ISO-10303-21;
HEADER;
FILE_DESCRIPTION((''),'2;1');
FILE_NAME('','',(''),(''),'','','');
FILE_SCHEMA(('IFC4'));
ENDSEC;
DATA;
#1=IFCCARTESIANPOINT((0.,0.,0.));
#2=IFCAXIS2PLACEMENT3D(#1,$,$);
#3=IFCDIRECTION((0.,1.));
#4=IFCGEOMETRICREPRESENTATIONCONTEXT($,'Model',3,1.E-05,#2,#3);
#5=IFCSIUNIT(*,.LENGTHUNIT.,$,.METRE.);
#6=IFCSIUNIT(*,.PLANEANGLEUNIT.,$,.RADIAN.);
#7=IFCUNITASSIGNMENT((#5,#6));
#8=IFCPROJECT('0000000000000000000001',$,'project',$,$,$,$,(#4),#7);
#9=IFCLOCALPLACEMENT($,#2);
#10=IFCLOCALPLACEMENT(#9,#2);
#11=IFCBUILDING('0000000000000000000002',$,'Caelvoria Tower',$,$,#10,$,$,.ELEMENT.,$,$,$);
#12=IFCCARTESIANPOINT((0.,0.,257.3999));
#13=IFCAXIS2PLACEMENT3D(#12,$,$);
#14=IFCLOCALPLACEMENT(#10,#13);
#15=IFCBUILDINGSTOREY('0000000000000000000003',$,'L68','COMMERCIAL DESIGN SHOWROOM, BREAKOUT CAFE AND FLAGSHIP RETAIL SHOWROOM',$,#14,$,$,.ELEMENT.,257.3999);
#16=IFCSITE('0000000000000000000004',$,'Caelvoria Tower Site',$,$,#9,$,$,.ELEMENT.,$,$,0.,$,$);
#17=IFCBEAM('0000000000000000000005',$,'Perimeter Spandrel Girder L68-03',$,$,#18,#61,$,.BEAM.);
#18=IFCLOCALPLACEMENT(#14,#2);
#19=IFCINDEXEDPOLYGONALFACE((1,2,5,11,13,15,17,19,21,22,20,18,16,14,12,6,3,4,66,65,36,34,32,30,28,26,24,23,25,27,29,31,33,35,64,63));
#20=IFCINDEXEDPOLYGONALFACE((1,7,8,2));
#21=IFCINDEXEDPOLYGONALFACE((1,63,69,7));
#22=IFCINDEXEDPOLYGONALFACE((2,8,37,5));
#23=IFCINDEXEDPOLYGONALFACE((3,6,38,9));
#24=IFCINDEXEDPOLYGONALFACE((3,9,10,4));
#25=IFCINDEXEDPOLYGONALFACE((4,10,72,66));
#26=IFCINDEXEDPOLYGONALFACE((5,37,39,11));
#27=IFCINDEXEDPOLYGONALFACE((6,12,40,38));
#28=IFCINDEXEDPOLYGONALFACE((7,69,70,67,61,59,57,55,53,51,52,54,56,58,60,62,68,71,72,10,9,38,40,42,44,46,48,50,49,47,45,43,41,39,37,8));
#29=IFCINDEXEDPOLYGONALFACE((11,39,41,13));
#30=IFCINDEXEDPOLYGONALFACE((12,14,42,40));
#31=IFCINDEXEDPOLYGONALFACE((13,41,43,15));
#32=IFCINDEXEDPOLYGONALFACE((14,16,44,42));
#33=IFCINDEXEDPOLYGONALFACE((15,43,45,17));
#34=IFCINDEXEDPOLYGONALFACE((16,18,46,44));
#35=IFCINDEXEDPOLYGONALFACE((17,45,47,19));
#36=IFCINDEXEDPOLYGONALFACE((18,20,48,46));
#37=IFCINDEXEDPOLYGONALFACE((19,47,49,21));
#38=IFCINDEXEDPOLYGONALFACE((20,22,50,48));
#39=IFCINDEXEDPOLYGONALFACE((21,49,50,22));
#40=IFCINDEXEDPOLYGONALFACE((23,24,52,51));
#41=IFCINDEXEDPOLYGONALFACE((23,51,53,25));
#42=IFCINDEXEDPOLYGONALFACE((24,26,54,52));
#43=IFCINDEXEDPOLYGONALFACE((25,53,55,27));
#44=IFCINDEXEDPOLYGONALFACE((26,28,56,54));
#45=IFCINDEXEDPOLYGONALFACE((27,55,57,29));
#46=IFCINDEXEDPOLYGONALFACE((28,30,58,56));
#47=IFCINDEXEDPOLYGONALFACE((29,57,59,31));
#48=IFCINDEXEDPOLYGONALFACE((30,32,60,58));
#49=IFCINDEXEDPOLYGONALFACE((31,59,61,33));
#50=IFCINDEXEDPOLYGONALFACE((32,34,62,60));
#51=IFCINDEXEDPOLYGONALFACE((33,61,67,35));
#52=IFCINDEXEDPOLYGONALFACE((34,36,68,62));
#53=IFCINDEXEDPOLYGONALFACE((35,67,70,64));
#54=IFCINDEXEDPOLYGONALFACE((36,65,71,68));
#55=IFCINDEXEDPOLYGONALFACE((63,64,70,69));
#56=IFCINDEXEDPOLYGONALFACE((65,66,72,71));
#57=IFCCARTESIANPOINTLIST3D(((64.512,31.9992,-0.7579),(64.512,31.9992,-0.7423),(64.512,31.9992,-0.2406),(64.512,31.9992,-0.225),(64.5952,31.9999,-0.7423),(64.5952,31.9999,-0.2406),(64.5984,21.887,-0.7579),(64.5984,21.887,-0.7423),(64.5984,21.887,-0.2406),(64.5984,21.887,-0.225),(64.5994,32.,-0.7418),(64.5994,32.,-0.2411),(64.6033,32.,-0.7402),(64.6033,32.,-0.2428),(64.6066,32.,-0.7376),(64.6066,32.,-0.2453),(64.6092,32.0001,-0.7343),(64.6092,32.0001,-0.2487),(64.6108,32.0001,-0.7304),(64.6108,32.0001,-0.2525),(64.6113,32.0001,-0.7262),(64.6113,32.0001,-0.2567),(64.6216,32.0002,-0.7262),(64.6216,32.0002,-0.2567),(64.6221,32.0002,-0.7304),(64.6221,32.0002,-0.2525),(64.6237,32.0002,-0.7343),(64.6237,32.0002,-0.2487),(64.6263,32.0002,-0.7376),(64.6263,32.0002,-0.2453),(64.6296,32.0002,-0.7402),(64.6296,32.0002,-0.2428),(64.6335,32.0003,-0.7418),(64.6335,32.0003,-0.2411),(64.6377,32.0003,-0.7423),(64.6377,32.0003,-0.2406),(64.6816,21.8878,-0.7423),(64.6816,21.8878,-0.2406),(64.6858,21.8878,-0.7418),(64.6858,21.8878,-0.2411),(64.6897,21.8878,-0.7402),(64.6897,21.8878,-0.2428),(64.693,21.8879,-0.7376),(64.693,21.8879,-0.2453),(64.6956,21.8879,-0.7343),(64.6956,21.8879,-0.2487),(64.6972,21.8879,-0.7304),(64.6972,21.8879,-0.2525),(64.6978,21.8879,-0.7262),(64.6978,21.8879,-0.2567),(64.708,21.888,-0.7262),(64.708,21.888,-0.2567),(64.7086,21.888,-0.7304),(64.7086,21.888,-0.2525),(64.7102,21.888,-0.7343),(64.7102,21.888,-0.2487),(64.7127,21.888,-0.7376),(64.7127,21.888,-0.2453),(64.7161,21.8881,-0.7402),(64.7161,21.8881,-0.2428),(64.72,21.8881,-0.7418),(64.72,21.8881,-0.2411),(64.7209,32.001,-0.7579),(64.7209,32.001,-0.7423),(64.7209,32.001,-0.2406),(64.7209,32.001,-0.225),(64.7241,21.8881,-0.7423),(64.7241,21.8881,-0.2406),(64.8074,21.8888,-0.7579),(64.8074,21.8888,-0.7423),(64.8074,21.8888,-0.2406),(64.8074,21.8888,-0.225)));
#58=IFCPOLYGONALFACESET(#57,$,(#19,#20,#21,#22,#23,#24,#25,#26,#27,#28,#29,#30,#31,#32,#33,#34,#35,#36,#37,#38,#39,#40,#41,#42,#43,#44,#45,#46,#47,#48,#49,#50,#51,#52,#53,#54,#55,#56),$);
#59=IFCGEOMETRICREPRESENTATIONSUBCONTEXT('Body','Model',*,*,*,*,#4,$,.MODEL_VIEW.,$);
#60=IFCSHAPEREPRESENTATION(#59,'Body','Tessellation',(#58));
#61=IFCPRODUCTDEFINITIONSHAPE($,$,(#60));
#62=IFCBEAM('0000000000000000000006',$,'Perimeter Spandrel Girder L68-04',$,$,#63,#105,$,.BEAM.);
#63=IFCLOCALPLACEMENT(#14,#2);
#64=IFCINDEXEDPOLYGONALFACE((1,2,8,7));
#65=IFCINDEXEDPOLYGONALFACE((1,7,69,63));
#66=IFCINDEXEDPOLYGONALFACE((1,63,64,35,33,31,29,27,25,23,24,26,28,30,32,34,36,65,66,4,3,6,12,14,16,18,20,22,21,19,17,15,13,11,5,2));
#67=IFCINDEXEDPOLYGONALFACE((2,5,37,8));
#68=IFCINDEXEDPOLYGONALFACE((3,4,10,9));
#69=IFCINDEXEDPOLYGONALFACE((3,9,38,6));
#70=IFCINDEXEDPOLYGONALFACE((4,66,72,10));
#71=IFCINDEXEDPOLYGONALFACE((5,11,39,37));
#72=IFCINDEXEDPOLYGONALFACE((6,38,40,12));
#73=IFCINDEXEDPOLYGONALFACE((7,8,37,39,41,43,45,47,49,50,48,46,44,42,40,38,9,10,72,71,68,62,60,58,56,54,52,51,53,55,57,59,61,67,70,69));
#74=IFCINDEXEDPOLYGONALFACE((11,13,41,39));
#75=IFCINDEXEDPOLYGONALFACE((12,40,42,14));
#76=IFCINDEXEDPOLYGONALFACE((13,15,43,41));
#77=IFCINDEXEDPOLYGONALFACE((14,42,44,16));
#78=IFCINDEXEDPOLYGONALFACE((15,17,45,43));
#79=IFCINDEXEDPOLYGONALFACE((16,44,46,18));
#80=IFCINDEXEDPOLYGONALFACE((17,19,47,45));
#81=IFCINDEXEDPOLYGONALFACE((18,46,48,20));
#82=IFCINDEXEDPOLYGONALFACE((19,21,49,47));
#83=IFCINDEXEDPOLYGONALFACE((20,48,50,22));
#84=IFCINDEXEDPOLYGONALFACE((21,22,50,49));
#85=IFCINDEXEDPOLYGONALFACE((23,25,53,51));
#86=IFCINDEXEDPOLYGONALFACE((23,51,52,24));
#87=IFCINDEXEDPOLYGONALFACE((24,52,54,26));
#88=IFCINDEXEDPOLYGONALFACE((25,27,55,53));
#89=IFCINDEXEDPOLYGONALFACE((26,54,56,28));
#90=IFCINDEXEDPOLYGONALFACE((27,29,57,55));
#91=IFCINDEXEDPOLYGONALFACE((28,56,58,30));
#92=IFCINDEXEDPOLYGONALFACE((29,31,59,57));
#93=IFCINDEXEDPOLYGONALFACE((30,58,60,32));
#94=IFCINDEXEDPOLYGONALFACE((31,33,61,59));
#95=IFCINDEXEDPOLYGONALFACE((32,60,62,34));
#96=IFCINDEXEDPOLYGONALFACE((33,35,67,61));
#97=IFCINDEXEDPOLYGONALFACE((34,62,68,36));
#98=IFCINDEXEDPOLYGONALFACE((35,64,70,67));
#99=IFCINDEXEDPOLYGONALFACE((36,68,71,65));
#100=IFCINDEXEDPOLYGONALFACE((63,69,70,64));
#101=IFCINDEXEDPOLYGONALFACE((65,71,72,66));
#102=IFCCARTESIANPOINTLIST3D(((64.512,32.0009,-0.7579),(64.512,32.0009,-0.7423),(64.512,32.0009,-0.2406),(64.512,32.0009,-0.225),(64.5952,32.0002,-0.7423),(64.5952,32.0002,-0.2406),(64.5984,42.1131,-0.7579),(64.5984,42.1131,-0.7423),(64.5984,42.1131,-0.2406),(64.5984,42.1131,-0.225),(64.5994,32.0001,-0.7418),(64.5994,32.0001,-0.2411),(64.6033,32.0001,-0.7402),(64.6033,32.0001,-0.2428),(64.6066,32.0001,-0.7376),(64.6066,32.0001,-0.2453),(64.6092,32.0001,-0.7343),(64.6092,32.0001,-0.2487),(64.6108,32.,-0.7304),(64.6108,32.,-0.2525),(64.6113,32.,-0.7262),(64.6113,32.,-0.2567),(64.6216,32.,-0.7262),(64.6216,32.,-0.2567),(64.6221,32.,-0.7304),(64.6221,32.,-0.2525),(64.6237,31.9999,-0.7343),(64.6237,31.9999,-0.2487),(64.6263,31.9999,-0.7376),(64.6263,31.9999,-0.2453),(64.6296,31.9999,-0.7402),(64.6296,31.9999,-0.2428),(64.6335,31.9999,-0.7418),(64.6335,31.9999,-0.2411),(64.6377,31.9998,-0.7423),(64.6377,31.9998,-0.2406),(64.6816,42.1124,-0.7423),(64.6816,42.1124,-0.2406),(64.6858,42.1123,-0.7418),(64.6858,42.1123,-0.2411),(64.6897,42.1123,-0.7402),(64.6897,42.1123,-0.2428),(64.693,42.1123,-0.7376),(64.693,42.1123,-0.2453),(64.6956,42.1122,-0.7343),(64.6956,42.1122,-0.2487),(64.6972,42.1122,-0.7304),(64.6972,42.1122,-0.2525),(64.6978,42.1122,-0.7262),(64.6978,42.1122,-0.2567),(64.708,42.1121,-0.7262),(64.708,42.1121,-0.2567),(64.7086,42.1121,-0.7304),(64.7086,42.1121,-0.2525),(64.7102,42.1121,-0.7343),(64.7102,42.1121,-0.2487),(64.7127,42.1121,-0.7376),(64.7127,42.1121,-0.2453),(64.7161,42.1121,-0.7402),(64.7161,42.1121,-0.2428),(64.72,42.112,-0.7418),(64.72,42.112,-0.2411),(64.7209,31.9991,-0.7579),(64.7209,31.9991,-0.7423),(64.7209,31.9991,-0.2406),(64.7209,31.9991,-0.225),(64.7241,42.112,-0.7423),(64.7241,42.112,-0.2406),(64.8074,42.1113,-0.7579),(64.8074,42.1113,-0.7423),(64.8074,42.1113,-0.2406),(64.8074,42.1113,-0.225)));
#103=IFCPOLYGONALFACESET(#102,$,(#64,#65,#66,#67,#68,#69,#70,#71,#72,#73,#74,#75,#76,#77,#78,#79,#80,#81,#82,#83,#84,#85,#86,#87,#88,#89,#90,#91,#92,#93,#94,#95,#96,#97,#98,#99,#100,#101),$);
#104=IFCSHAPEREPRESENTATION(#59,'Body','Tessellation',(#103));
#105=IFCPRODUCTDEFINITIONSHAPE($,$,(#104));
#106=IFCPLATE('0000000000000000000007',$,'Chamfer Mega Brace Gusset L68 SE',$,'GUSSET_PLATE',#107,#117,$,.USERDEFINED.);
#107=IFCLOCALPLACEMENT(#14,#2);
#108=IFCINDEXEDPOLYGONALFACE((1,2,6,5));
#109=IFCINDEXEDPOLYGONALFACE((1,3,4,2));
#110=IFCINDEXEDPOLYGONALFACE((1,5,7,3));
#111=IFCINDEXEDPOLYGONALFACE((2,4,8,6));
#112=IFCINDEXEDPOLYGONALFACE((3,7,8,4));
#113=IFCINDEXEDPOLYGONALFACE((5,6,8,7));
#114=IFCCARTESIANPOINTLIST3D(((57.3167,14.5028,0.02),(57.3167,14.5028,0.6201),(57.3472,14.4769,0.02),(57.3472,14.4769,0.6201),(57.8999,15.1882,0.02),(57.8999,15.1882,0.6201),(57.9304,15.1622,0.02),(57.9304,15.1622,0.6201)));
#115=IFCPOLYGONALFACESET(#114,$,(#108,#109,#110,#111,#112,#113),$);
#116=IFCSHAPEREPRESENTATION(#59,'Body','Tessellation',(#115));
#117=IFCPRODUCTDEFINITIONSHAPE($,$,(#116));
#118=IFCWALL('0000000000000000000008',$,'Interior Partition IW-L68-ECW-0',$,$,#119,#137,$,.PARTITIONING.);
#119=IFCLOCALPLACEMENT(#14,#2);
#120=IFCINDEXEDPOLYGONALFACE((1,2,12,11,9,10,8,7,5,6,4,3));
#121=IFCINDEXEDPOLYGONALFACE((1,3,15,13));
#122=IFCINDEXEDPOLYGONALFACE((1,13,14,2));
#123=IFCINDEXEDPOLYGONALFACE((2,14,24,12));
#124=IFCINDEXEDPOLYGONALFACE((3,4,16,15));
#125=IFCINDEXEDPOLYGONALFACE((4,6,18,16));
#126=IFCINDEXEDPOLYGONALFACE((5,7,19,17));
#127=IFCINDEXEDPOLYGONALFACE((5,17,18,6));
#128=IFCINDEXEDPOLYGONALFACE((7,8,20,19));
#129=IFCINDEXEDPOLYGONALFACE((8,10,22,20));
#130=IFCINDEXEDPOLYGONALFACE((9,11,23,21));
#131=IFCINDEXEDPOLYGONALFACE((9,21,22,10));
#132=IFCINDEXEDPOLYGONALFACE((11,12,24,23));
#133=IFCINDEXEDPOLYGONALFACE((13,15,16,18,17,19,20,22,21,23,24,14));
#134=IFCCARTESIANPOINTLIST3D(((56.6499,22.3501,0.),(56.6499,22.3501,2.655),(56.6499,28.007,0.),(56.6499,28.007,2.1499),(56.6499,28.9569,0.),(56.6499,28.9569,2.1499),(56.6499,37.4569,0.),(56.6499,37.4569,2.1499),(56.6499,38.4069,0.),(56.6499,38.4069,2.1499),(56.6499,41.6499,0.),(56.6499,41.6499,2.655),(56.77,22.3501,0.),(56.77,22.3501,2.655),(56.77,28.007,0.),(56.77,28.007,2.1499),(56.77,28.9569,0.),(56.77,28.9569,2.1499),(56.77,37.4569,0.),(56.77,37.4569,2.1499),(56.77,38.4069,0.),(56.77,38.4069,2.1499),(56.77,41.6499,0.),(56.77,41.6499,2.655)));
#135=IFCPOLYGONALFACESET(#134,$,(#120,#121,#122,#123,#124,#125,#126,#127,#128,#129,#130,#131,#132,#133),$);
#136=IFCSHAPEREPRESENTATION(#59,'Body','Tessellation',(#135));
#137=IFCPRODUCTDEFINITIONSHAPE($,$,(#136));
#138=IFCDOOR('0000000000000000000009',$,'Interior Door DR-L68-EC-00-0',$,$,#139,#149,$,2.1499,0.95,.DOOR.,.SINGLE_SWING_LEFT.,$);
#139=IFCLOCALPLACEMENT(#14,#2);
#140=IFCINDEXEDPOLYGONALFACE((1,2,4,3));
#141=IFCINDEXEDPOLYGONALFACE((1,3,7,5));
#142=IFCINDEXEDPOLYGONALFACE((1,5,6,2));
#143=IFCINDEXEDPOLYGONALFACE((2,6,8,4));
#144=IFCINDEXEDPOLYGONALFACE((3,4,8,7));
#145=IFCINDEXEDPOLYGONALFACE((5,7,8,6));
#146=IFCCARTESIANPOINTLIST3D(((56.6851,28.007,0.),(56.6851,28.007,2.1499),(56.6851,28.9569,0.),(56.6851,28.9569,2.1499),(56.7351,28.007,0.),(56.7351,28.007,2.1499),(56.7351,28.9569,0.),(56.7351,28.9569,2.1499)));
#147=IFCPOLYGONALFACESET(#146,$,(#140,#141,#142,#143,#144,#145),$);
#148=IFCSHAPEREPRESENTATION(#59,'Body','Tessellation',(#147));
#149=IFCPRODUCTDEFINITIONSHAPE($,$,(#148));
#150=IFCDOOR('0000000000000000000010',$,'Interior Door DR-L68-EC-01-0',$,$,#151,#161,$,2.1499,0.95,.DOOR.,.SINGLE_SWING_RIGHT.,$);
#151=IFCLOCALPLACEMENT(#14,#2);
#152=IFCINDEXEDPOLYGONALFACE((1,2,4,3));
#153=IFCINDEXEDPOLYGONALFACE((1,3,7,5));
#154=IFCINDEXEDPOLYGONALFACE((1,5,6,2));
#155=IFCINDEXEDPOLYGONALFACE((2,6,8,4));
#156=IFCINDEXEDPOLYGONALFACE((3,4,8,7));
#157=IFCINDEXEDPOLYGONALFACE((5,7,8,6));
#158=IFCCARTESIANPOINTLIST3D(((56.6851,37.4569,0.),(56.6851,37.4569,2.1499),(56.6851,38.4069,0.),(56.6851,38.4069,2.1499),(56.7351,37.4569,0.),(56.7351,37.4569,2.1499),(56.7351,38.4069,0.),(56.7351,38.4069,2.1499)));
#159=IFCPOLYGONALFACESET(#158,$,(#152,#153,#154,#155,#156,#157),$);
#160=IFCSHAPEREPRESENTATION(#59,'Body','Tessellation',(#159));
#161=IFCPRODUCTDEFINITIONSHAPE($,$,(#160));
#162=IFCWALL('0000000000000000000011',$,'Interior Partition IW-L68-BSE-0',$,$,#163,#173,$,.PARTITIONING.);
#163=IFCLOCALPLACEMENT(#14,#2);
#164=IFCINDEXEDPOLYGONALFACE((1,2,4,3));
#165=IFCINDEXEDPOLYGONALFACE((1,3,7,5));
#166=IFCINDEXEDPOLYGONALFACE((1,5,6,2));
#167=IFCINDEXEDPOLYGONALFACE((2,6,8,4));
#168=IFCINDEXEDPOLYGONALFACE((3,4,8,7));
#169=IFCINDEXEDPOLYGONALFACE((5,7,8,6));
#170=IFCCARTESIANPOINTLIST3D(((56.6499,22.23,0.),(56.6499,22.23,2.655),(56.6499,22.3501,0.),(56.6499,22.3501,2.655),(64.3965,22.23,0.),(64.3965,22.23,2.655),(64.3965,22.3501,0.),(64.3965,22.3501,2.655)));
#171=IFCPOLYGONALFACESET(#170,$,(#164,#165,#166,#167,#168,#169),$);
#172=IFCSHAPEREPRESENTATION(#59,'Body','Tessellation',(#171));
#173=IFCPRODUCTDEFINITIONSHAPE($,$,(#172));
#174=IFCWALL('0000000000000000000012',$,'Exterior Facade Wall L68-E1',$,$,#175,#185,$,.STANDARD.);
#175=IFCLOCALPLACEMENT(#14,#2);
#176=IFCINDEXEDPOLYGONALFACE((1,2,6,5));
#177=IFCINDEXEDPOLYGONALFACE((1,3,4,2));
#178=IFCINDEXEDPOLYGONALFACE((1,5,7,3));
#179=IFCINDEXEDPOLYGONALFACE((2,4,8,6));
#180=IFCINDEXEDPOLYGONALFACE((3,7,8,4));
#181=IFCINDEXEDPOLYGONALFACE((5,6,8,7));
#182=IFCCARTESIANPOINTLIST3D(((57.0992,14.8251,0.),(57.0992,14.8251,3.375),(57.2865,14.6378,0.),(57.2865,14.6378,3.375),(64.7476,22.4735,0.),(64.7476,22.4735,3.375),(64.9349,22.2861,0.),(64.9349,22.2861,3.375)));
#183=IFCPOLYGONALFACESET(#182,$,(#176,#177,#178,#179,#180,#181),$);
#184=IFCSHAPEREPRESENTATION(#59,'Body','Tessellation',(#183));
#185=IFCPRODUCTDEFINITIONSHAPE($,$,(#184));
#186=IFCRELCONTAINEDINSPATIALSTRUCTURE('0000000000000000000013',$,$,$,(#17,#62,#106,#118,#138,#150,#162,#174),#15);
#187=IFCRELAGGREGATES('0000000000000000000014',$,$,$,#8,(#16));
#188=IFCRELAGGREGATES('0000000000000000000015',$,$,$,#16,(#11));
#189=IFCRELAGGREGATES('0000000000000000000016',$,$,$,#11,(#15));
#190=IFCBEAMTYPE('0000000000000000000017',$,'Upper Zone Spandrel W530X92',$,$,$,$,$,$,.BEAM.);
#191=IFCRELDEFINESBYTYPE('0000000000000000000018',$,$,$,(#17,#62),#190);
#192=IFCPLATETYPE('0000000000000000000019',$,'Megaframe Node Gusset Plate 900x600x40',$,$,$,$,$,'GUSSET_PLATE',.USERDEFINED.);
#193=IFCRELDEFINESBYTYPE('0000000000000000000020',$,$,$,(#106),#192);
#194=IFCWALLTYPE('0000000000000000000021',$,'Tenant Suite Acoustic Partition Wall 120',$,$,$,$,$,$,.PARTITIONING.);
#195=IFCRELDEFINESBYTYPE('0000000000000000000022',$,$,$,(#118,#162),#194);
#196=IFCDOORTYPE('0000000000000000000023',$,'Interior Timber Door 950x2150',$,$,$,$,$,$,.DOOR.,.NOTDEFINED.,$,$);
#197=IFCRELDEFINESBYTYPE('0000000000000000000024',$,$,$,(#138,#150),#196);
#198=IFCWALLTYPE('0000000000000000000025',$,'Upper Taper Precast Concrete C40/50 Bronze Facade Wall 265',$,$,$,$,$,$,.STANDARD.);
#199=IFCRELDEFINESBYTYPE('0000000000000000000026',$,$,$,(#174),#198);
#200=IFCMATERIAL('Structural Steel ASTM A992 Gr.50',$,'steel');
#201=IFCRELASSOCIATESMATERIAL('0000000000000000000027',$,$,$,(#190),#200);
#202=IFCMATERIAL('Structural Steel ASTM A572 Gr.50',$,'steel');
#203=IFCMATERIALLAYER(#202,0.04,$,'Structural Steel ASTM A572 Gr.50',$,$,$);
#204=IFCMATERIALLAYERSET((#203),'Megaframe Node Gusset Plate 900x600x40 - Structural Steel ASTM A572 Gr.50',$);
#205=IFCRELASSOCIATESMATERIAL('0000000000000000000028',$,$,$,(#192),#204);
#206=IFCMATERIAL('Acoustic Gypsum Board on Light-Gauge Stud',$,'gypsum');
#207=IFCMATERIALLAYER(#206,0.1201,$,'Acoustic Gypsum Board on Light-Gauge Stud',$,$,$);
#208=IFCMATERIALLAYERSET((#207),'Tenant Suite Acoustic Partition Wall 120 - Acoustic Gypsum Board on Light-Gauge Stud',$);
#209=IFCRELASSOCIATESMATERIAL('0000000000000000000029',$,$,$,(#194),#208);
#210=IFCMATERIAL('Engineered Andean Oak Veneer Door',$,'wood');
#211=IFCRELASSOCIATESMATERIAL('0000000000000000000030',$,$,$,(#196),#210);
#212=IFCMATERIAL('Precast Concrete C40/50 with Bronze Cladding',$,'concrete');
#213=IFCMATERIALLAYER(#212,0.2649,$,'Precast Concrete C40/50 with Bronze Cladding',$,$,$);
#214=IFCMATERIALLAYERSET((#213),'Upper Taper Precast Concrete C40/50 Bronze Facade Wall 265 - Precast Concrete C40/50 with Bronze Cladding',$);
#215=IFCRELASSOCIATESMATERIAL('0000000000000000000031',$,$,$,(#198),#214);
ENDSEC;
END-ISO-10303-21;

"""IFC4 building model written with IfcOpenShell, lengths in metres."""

from ifc_helpers import new_model, si_unit, direction, frame, frame_2d, origin, origin_2d, place, context, subcontext, project, spatial, rectangle, i_section, extrude, material, layer, layer_set, material_profile, profile_set, type_object, element, fill, save


model = new_model("IFC4")

# Units and contexts
model_context = context("Model", 3, precision=1e-05, world=origin(), true_north=direction((0.0, 1.0)))
body_context = subcontext(model_context, "Body", "Model", "MODEL_VIEW")
ifc_project = project(units=[si_unit("LENGTHUNIT", "METRE"), si_unit("PLANEANGLEUNIT", "RADIAN")], contexts=[model_context])

# Site, building, storey
site_placement = place(None, origin())
site = spatial("IfcSite", under=ifc_project, at=site_placement, Name="Caelvoria Tower Site", CompositionType="ELEMENT", RefElevation=0.0)
building_placement = place(site_placement, origin())
building = spatial("IfcBuilding", under=site, at=building_placement, Name="Caelvoria Tower", CompositionType="ELEMENT")
storey_placement = place(building_placement, frame((0.0, 0.0, 257.3999)))
storey = spatial("IfcBuildingStorey", under=building, at=storey_placement, Name="L68", Description="COMMERCIAL DESIGN SHOWROOM, BREAKOUT CAFE AND FLAGSHIP RETAIL SHOWROOM", CompositionType="ELEMENT", Elevation=257.3999)

# Shared definitions
ifc_material_1 = material(Name="Structural Steel ASTM A572 Gr.50", Category="steel")
ifc_material_2 = material(Name="Structural Steel ASTM A992 Gr.50", Category="steel")

# Beams
ifc_material_profile_1 = material_profile(ifc_material_2, i_section(OverallWidth=0.209, OverallDepth=0.533, WebThickness=0.0103, FlangeThickness=0.0156, FilletRadius=0.0161, at=origin_2d()), Name="Structural Steel ASTM A992 Gr.50")
ifc_profile_set_1 = profile_set([ifc_material_profile_1], Name="W530X92 - Structural Steel ASTM A992 Gr.50")
beam_type_1 = type_object("IfcBeamType", Name="Upper Zone Spandrel W530X92", PredefinedType="BEAM", material=ifc_profile_set_1)
for number, where, z_axis, x_axis, name in (
    (1, (64.7029, 21.8879, -0.4915), (-0.008546, 0.999963, 0.0), (-0.999963, -0.008546, 0.0), "Perimeter Spandrel Girder L68-03"),
    (2, (64.6165, 32.0, -0.4915), (0.008546, 0.999963, 0.0), (-0.999963, 0.008546, 0.0), "Perimeter Spandrel Girder L68-04"),
):
    element("IfcBeam", number, at=place(storey_placement, frame(where, z_axis=z_axis, x_axis=x_axis)), inside=storey, type_object=beam_type_1, Name=name, PredefinedType="BEAM", context=body_context, shape_type="SweptSolid", body=[
        extrude(i_section(OverallWidth=0.209, OverallDepth=0.533, WebThickness=0.0103, FlangeThickness=0.0156, FilletRadius=0.0161, at=origin_2d()), origin(), (0.0, 0.0, 1.0), 10.1125),
    ])

# Plate
ifc_layer_1 = layer(ifc_material_1, 0.04, Name="Structural Steel ASTM A572 Gr.50")
ifc_layer_set_1 = layer_set([ifc_layer_1], Name="Megaframe Node Gusset Plate 900x600x40 - Structural Steel ASTM A572 Gr.50")
plate_type = type_object("IfcPlateType", Name="Megaframe Node Gusset Plate 900x600x40", ElementType="GUSSET_PLATE", PredefinedType="USERDEFINED", material=ifc_layer_set_1)
plate_placement = place(storey_placement, frame((57.6235, 14.8325, 0.02), z_axis=(0.0, 0.0, 1.0), x_axis=(0.648048, 0.761599, 0.0)))
element("IfcPlate", 3, at=plate_placement, inside=storey, type_object=plate_type, Name="Chamfer Mega Brace Gusset L68 SE", ObjectType="GUSSET_PLATE", PredefinedType="USERDEFINED", context=body_context, shape_type="SweptSolid", body=[
    extrude(rectangle(XDim=0.8999, YDim=0.04, at=origin_2d()), origin(), (0.0, 0.0, 1.0), 0.6001),
])

# Wall, openings, doors
ifc_material_3 = material(Name="Acoustic Gypsum Board on Light-Gauge Stud", Category="gypsum")
ifc_layer_2 = layer(ifc_material_3, 0.1201, Name="Acoustic Gypsum Board on Light-Gauge Stud")
ifc_layer_set_2 = layer_set([ifc_layer_2], Name="Tenant Suite Acoustic Partition Wall 120 - Acoustic Gypsum Board on Light-Gauge Stud")
wall_type_1 = type_object("IfcWallType", Name="Tenant Suite Acoustic Partition Wall 120", PredefinedType="PARTITIONING", material=ifc_layer_set_2)
wall_1_placement = place(storey_placement, frame((56.71, 22.3501, 0.0), z_axis=(0.0, 0.0, 1.0), x_axis=(0.0, 1.0, 0.0)))
wall_1 = element("IfcWall", 4, at=wall_1_placement, inside=storey, type_object=wall_type_1, Name="Interior Partition IW-L68-ECW-0", PredefinedType="PARTITIONING", context=body_context, shape_type="SweptSolid", body=[
    extrude(rectangle(XDim=19.2998, YDim=0.1201, at=frame_2d((9.6499, 0.0))), origin(), (0.0, 0.0, 1.0), 2.655),
])
opening_1_placement = place(wall_1_placement, frame((5.6567, 0.0, 0.0)))
opening_1 = element("IfcOpeningElement", 5, at=opening_1_placement, cuts=wall_1, PredefinedType="OPENING", context=body_context, shape_type="SweptSolid", body=[
    extrude(rectangle(XDim=0.95, YDim=2.1499, at=frame_2d((0.4751, 1.075))), frame((0.0, 0.0701, 0.0), z_axis=(0.0, -1.0, 0.0), x_axis=(1.0, 0.0, 0.0)), (0.0, 0.0, 1.0), 0.1401),
])
opening_2_placement = place(wall_1_placement, frame((15.1067, 0.0, 0.0)))
opening_2 = element("IfcOpeningElement", 6, at=opening_2_placement, cuts=wall_1, PredefinedType="OPENING", context=body_context, shape_type="SweptSolid", body=[
    extrude(rectangle(XDim=0.95, YDim=2.1499, at=frame_2d((0.4751, 1.075))), frame((0.0, 0.0701, 0.0), z_axis=(0.0, -1.0, 0.0), x_axis=(1.0, 0.0, 0.0)), (0.0, 0.0, 1.0), 0.1401),
])
ifc_material_4 = material(Name="Engineered Andean Oak Veneer Door", Category="wood")
door_type = type_object("IfcDoorType", Name="Interior Timber Door 950x2150", OperationType="NOTDEFINED", PredefinedType="DOOR", material=ifc_material_4)
door_1_placement = place(opening_1_placement, origin())
door_1 = element("IfcDoor", 7, at=door_1_placement, inside=storey, type_object=door_type, Name="Interior Door DR-L68-EC-00-0", OperationType="SINGLE_SWING_LEFT", OverallHeight=2.1499, OverallWidth=0.95, PredefinedType="DOOR", context=body_context, shape_type="SweptSolid", body=[
    extrude(rectangle(XDim=0.95, YDim=2.1499, at=frame_2d((0.4751, 1.075))), frame((0.0, 0.0249, 0.0), z_axis=(0.0, -1.0, 0.0), x_axis=(1.0, 0.0, 0.0)), (0.0, 0.0, 1.0), 0.05),
])
fill(opening_1, door_1)
door_2_placement = place(opening_2_placement, origin())
door_2 = element("IfcDoor", 8, at=door_2_placement, inside=storey, type_object=door_type, Name="Interior Door DR-L68-EC-01-0", OperationType="SINGLE_SWING_RIGHT", OverallHeight=2.1499, OverallWidth=0.95, PredefinedType="DOOR", context=body_context, shape_type="SweptSolid", body=[
    extrude(rectangle(XDim=0.95, YDim=2.1499, at=frame_2d((0.4751, 1.075))), frame((0.0, 0.0249, 0.0), z_axis=(0.0, -1.0, 0.0), x_axis=(1.0, 0.0, 0.0)), (0.0, 0.0, 1.0), 0.05),
])
fill(opening_2, door_2)

# Walls
wall_2_placement = place(storey_placement, frame((56.6499, 22.29, 0.0), z_axis=(0.0, 0.0, 1.0), x_axis=(1.0, 0.0, 0.0)))
element("IfcWall", 9, at=wall_2_placement, inside=storey, type_object=wall_type_1, Name="Interior Partition IW-L68-BSE-0", PredefinedType="PARTITIONING", context=body_context, shape_type="SweptSolid", body=[
    extrude(rectangle(XDim=7.7466, YDim=0.1201, at=frame_2d((3.8733, 0.0))), origin(), (0.0, 0.0, 1.0), 2.655),
])
ifc_material_5 = material(Name="Precast Concrete C40/50 with Bronze Cladding", Category="concrete")
ifc_layer_3 = layer(ifc_material_5, 0.2649, Name="Precast Concrete C40/50 with Bronze Cladding")
ifc_layer_set_3 = layer_set([ifc_layer_3], Name="Upper Taper Precast Concrete C40/50 Bronze Facade Wall 265 - Precast Concrete C40/50 with Bronze Cladding")
wall_type_2 = type_object("IfcWallType", Name="Upper Taper Precast Concrete C40/50 Bronze Facade Wall 265", PredefinedType="STANDARD", material=ifc_layer_set_3)
wall_3_placement = place(storey_placement, frame((57.1929, 14.7314, 0.0), z_axis=(0.0, 0.0, 1.0), x_axis=(0.707107, 0.707107, 0.0)))
element("IfcWall", 10, at=wall_3_placement, inside=storey, type_object=wall_type_2, Name="Exterior Facade Wall L68-E1", PredefinedType="STANDARD", context=body_context, shape_type="SweptSolid", body=[
    extrude(rectangle(XDim=10.8164, YDim=0.2649, at=frame_2d((5.4082, 0.0))), origin(), (0.0, 0.0, 1.0), 3.375),
])

save(model, "model.ifc")
